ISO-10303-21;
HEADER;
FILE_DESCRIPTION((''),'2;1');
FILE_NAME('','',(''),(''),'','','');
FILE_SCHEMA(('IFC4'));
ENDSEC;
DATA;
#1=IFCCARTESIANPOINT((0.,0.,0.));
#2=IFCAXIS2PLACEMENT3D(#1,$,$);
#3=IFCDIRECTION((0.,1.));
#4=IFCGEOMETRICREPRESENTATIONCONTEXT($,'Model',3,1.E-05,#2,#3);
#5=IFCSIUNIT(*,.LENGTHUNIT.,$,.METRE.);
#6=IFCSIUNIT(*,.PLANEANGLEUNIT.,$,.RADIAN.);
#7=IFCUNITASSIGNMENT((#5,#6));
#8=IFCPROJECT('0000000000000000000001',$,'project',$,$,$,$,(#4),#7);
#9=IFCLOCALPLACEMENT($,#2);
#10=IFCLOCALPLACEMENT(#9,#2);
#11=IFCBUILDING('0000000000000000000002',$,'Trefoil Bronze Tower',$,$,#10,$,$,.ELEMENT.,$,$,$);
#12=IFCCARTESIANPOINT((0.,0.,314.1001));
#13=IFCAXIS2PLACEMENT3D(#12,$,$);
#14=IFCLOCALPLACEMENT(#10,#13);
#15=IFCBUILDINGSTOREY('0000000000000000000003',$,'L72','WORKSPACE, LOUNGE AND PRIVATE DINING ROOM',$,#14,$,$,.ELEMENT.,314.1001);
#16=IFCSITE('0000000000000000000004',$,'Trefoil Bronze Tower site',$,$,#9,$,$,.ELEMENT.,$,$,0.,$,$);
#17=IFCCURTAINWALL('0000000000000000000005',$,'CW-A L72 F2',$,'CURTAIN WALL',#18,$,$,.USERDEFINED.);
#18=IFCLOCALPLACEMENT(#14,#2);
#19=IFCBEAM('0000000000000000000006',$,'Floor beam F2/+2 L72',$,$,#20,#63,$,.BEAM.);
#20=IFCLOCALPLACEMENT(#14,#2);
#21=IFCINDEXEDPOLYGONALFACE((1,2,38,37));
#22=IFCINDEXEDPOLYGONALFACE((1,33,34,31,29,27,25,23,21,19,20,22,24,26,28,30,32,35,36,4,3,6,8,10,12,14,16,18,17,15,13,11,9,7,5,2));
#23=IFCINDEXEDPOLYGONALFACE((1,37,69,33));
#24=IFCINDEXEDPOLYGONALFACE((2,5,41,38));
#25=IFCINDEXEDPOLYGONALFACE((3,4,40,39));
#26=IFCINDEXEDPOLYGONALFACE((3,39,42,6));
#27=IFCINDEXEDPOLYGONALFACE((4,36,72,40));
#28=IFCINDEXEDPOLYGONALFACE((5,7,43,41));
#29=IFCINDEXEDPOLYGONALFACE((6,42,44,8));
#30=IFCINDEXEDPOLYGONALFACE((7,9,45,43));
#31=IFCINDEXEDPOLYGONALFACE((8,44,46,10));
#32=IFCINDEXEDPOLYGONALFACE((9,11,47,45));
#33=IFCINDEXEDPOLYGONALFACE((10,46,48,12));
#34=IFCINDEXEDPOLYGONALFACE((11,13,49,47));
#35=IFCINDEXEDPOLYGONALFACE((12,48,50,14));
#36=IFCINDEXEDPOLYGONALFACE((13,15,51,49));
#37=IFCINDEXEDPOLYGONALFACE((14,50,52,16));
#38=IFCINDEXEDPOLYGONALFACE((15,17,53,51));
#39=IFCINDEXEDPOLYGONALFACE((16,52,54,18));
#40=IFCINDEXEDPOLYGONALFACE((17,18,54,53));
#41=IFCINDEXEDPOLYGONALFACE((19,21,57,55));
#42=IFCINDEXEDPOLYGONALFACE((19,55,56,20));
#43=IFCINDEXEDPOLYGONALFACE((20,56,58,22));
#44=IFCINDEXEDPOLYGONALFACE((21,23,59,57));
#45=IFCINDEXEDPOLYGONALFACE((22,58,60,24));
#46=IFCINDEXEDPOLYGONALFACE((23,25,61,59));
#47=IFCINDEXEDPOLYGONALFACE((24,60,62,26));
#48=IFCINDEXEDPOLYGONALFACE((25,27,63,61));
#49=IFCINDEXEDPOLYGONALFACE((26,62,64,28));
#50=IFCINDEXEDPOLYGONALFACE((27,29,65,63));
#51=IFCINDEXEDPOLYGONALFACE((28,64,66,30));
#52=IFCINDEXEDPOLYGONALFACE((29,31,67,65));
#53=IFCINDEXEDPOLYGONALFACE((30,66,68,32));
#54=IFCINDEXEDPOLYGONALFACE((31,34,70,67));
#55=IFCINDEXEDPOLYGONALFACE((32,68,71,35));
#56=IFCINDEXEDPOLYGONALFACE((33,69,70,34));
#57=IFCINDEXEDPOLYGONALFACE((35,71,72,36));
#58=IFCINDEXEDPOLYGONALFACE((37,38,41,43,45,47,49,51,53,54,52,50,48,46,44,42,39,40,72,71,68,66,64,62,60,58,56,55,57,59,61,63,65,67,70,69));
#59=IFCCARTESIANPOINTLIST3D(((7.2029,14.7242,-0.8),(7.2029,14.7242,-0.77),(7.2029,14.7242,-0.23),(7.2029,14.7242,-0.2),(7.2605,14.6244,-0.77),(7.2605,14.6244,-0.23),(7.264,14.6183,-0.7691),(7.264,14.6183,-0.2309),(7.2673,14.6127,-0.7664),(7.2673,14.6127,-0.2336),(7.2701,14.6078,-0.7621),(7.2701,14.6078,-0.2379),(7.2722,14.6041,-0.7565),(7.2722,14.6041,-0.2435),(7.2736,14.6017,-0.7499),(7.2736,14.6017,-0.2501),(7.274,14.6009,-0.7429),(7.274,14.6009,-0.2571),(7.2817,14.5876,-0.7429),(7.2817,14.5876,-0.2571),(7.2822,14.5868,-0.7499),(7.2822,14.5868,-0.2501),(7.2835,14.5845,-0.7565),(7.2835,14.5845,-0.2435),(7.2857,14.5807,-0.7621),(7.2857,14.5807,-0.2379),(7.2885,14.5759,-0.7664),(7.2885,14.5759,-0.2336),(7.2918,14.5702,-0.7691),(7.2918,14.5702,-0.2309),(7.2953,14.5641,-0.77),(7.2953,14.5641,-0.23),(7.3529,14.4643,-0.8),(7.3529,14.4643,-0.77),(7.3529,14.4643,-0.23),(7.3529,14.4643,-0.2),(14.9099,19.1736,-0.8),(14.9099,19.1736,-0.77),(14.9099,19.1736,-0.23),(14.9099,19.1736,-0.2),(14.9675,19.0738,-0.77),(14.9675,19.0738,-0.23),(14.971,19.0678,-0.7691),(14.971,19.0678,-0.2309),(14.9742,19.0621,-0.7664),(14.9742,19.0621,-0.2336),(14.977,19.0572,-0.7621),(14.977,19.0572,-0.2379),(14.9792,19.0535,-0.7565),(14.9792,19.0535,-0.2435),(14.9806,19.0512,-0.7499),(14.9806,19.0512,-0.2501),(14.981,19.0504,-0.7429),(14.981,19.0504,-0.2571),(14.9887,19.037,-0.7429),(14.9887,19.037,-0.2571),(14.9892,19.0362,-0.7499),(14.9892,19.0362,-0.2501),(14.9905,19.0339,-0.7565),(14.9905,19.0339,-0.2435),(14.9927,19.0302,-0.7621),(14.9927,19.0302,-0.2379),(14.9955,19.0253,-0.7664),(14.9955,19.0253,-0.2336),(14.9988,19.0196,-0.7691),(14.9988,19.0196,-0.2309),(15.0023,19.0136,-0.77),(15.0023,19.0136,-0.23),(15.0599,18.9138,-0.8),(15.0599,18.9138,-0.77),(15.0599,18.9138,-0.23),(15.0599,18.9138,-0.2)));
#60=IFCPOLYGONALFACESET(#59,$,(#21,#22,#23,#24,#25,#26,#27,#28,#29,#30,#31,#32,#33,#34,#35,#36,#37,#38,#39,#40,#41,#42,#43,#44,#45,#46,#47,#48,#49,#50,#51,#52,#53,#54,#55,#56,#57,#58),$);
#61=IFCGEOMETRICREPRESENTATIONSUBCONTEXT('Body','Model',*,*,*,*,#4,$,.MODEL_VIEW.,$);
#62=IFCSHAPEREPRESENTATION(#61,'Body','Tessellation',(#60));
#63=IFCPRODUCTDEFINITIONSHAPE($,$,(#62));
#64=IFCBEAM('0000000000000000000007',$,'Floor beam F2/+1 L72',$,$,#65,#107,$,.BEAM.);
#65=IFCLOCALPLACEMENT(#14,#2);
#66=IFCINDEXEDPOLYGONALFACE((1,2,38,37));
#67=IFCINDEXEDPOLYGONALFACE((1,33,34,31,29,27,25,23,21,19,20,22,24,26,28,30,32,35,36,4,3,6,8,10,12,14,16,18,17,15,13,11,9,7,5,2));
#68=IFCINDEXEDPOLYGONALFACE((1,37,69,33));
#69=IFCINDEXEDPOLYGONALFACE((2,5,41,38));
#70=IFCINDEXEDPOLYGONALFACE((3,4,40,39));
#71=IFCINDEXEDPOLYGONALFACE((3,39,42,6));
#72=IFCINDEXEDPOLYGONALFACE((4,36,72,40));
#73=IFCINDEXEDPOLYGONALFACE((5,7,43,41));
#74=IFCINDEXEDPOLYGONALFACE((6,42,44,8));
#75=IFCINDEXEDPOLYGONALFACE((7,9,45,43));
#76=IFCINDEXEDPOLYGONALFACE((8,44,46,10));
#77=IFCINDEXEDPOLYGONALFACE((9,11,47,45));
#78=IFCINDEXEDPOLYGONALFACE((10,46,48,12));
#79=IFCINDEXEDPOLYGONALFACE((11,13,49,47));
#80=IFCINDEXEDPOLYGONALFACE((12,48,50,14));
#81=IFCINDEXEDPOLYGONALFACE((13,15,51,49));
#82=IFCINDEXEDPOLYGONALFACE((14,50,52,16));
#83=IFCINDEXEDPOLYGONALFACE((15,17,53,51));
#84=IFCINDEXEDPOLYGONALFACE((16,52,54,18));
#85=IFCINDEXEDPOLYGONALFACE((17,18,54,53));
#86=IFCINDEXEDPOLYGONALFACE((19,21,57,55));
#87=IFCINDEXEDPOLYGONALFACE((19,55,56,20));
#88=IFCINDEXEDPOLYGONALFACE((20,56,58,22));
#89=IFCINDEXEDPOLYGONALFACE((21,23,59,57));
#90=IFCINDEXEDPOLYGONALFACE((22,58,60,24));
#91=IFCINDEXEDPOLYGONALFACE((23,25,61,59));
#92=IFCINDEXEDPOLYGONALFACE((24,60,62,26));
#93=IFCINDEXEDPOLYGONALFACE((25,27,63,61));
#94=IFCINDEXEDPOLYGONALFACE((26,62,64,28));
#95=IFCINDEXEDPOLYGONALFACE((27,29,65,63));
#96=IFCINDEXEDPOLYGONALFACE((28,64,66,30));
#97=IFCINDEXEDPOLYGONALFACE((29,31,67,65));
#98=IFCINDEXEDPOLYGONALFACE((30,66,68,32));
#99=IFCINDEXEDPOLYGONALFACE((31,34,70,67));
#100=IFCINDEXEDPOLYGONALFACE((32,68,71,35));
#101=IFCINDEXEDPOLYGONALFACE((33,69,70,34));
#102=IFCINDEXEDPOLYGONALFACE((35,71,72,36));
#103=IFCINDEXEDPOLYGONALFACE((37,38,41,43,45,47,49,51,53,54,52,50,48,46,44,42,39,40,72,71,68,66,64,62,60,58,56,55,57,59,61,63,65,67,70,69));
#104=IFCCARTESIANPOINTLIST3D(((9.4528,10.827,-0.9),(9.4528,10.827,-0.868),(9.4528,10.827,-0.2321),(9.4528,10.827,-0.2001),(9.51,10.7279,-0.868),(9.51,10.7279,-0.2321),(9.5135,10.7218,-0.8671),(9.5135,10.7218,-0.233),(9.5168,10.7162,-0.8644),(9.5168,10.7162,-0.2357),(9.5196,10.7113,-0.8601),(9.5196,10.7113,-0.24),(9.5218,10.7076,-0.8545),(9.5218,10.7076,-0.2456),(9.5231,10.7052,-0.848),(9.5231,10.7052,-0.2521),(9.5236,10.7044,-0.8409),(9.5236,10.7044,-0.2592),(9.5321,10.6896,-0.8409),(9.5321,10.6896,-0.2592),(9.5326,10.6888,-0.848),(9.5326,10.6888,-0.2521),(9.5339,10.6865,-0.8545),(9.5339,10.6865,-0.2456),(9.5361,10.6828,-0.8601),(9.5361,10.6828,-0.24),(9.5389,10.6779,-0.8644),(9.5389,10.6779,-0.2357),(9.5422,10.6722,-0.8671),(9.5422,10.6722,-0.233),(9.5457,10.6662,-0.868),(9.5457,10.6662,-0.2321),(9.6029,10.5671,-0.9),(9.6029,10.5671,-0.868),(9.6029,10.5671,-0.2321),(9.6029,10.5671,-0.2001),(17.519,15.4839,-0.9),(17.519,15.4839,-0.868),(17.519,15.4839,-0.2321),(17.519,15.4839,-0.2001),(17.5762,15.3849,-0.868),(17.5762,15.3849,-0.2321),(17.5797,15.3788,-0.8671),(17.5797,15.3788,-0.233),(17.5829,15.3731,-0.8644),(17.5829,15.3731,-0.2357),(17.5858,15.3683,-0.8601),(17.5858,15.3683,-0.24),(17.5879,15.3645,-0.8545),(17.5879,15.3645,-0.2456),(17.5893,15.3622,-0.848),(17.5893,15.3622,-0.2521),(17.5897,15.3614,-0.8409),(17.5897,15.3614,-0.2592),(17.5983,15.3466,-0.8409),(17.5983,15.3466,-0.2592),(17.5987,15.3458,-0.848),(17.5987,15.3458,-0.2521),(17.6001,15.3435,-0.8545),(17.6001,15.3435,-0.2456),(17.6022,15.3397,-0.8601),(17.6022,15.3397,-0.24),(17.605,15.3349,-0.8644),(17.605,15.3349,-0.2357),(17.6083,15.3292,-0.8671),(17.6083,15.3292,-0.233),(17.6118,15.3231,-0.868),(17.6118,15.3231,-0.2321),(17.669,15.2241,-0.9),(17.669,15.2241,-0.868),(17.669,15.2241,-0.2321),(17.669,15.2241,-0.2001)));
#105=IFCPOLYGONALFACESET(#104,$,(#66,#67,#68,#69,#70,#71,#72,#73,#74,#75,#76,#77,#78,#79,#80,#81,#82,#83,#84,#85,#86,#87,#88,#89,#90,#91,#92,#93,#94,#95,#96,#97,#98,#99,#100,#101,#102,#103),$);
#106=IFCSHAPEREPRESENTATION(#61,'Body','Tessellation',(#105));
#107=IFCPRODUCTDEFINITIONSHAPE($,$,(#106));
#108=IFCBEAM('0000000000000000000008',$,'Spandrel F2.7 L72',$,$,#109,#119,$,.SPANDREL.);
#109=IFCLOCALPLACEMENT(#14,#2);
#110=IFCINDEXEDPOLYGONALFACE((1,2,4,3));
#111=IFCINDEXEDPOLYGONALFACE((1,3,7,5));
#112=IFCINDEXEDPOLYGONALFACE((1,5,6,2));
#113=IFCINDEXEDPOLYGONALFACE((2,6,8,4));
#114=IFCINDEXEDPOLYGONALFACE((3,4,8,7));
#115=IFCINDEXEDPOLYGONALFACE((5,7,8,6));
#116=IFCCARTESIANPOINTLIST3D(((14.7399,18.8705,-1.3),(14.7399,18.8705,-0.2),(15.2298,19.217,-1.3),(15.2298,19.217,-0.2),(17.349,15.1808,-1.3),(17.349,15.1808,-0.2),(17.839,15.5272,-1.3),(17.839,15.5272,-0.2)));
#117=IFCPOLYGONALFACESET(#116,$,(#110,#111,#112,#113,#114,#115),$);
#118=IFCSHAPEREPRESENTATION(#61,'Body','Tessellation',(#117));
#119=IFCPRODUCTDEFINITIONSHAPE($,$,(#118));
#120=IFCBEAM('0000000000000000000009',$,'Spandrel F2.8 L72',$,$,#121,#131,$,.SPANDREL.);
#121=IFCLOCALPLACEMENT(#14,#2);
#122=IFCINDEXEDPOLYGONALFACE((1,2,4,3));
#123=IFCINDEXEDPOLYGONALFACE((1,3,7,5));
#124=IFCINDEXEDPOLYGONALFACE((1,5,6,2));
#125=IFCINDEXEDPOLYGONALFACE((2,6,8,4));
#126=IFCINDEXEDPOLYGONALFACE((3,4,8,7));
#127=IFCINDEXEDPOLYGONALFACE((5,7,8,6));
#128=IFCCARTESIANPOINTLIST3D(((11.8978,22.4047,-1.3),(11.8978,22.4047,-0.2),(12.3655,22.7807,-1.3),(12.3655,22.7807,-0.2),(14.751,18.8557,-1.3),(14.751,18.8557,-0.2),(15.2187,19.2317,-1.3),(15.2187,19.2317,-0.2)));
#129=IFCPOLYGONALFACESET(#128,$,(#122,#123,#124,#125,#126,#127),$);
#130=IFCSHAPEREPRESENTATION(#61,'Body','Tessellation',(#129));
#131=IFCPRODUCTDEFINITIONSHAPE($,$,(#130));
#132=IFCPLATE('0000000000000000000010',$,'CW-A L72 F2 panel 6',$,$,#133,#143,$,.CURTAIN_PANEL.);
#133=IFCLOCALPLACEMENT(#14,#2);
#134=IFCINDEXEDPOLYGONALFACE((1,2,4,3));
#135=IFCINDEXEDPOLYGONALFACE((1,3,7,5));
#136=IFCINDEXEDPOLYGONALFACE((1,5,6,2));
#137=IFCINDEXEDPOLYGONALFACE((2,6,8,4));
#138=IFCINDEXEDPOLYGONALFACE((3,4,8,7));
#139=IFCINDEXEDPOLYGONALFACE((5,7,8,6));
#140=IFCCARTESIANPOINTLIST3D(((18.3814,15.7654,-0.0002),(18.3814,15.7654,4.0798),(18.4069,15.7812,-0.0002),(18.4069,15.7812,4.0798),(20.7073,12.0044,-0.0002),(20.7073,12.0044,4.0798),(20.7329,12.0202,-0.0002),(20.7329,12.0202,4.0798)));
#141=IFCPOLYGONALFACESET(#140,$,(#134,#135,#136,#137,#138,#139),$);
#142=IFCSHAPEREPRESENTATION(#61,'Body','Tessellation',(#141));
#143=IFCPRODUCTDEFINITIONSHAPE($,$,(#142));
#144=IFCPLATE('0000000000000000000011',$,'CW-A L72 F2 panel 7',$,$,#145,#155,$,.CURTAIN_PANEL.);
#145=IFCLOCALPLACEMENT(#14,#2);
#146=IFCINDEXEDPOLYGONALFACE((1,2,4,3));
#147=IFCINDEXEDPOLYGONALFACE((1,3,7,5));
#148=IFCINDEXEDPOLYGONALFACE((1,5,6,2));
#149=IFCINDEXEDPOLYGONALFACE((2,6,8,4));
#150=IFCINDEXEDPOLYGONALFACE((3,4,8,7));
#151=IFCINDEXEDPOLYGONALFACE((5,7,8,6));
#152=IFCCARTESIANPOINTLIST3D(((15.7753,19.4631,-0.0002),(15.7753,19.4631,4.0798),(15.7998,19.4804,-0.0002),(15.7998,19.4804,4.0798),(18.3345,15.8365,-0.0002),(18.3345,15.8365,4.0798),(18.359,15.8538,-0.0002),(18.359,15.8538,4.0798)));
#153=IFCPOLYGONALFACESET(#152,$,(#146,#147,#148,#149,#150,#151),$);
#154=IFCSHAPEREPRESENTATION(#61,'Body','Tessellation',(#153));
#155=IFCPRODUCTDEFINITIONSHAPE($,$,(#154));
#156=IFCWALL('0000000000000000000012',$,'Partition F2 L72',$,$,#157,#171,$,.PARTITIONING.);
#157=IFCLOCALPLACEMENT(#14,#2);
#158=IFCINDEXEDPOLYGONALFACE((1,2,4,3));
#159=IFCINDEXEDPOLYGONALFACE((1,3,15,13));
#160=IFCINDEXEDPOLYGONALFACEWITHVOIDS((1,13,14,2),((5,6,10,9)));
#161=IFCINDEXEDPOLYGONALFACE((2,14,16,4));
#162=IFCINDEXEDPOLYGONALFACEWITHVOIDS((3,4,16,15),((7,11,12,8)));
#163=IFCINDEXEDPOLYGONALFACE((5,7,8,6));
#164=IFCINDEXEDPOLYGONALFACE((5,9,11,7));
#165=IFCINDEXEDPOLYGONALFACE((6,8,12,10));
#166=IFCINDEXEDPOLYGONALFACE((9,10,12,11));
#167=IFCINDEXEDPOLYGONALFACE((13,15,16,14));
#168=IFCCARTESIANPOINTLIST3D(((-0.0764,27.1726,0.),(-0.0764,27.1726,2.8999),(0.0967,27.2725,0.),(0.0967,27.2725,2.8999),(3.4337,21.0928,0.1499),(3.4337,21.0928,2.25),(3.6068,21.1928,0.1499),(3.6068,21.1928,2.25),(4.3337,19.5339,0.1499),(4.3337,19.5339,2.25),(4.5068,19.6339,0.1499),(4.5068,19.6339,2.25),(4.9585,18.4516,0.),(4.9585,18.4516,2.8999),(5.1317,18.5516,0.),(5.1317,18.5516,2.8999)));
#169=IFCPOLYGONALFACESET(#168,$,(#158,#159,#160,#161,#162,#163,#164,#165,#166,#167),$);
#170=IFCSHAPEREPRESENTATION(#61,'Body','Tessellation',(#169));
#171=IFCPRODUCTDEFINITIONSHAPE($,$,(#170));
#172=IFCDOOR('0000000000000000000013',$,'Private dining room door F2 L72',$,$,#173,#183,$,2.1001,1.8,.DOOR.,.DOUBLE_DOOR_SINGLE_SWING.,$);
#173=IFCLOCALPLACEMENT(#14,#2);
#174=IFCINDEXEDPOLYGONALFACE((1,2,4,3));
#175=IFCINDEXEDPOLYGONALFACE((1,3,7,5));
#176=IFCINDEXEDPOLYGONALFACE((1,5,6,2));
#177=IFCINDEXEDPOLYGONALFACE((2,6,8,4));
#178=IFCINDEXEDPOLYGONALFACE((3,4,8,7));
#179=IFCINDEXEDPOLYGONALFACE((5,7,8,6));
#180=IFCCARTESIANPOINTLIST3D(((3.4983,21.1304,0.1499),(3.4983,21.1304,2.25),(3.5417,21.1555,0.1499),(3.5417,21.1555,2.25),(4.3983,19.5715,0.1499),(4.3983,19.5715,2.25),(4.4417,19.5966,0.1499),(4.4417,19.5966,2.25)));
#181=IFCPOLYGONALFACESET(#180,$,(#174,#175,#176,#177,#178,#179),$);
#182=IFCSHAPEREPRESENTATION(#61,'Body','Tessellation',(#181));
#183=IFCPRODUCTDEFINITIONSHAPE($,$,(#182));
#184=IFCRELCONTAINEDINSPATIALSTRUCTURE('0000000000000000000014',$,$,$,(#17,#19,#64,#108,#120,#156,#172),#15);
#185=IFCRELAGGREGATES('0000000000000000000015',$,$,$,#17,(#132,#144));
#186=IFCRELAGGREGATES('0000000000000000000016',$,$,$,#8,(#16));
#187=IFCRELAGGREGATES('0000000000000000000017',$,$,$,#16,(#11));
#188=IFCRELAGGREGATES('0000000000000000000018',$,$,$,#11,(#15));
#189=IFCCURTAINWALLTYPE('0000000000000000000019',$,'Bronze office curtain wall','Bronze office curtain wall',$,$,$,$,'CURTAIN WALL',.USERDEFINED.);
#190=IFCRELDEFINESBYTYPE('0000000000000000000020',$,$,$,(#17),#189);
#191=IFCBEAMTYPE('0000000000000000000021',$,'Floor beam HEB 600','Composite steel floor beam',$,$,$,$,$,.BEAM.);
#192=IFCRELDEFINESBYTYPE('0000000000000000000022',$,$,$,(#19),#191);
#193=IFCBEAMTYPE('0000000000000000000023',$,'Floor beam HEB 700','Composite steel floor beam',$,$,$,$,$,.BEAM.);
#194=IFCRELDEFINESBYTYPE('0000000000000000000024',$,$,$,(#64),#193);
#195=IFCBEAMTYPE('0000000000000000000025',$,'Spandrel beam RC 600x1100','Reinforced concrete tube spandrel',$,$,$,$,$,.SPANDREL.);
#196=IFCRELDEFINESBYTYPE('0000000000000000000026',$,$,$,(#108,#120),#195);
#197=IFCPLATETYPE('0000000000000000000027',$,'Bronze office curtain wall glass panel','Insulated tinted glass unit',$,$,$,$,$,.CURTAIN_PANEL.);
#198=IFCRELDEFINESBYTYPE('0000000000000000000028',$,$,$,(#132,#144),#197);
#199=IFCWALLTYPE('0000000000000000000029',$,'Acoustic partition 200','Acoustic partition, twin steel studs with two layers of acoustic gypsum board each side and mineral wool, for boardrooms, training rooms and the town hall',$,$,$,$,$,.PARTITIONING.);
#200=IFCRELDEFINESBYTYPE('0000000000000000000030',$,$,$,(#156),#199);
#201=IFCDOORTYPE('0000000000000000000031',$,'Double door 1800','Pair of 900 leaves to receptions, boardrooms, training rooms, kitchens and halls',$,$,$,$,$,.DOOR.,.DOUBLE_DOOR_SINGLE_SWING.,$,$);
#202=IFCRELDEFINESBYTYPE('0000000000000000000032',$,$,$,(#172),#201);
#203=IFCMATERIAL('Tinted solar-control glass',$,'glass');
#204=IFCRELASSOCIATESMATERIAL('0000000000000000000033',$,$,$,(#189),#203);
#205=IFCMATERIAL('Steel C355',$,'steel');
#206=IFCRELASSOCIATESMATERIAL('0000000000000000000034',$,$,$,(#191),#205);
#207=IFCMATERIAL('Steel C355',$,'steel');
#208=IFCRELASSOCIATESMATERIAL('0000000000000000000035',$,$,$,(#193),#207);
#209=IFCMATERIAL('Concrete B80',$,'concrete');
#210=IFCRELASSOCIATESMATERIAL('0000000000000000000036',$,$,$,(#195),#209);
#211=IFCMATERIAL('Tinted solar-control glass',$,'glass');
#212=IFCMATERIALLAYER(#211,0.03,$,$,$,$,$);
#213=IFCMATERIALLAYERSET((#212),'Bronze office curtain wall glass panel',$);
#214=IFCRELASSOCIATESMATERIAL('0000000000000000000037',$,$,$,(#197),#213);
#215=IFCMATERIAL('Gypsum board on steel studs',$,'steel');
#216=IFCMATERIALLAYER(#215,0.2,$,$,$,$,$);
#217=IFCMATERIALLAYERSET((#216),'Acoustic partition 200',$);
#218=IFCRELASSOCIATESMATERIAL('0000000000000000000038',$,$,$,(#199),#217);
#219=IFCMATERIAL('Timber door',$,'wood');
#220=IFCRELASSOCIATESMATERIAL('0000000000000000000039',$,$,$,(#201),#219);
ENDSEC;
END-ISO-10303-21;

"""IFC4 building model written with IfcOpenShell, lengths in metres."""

from ifc_helpers import new_model, si_unit, direction, frame, frame_2d, origin, origin_2d, place, context, subcontext, project, spatial, rectangle, i_section, extrude, material, layer, layer_set, material_profile, profile_set, type_object, element, fill, aggregate, save


model = new_model("IFC4")

# Units and contexts
model_context = context("Model", 3, precision=1e-05, world=origin(), true_north=direction((0.0, 1.0)))
body_context = subcontext(model_context, "Body", "Model", "MODEL_VIEW")
ifc_project = project(units=[si_unit("LENGTHUNIT", "METRE"), si_unit("PLANEANGLEUNIT", "RADIAN")], contexts=[model_context])

# Site, building, storey
site_placement = place(None, origin())
site = spatial("IfcSite", under=ifc_project, at=site_placement, Name="Trefoil Bronze Tower site", CompositionType="ELEMENT", RefElevation=0.0)
building_placement = place(site_placement, origin())
building = spatial("IfcBuilding", under=site, at=building_placement, Name="Trefoil Bronze Tower", CompositionType="ELEMENT")
storey_placement = place(building_placement, frame((0.0, 0.0, 314.1001)))
storey = spatial("IfcBuildingStorey", under=building, at=storey_placement, Name="L72", Description="WORKSPACE, LOUNGE AND PRIVATE DINING ROOM", CompositionType="ELEMENT", Elevation=314.1001)

# Curtain wall
ifc_material_1 = material(Name="Tinted solar-control glass", Category="glass")
curtain_wall_type = type_object("IfcCurtainWallType", Name="Bronze office curtain wall", Description="Bronze office curtain wall", ElementType="CURTAIN WALL", PredefinedType="USERDEFINED", material=ifc_material_1)
curtain_wall_placement = place(storey_placement, origin())
curtain_wall = element("IfcCurtainWall", 1, at=curtain_wall_placement, inside=storey, type_object=curtain_wall_type, Name="CW-A L72 F2", ObjectType="CURTAIN WALL", PredefinedType="USERDEFINED")

# Beams
ifc_material_2 = material(Name="Steel C355", Category="steel")
ifc_material_profile_1 = material_profile(ifc_material_2, i_section(OverallWidth=0.3, OverallDepth=0.6001, WebThickness=0.0154, FlangeThickness=0.03, FilletRadius=0.0271, at=origin_2d()), Name="HEB 600")
ifc_profile_set_1 = profile_set([ifc_material_profile_1], Name="Steel C355")
beam_type_1 = type_object("IfcBeamType", Name="Floor beam HEB 600", Description="Composite steel floor beam", PredefinedType="BEAM", material=ifc_profile_set_1)
beam_1_placement = place(storey_placement, frame((14.9849, 19.0437, -0.5), z_axis=(-0.866035, -0.499984, 0.0), x_axis=(0.499984, -0.866035, 0.0)))
element("IfcBeam", 2, at=beam_1_placement, inside=storey, type_object=beam_type_1, Name="Floor beam F2/+2 L72", PredefinedType="BEAM", context=body_context, shape_type="SweptSolid", body=[
    extrude(i_section(OverallWidth=0.3, OverallDepth=0.6001, WebThickness=0.0154, FlangeThickness=0.03, FilletRadius=0.0271, at=origin_2d()), origin(), (0.0, 0.0, 1.0), 8.8992),
])
ifc_material_3 = material(Name="Steel C355", Category="steel")
ifc_material_profile_2 = material_profile(ifc_material_3, i_section(OverallWidth=0.3, OverallDepth=0.7, WebThickness=0.0171, FlangeThickness=0.032, FilletRadius=0.0271, at=origin_2d()), Name="HEB 700")
ifc_profile_set_2 = profile_set([ifc_material_profile_2], Name="Steel C355")
beam_type_2 = type_object("IfcBeamType", Name="Floor beam HEB 700", Description="Composite steel floor beam", PredefinedType="BEAM", material=ifc_profile_set_2)
beam_2_placement = place(storey_placement, frame((17.594, 15.354, -0.55), z_axis=(-0.866026, -0.499999, 0.0), x_axis=(0.499999, -0.866026, 0.0)))
element("IfcBeam", 3, at=beam_2_placement, inside=storey, type_object=beam_type_2, Name="Floor beam F2/+1 L72", PredefinedType="BEAM", context=body_context, shape_type="SweptSolid", body=[
    extrude(i_section(OverallWidth=0.3, OverallDepth=0.7, WebThickness=0.0171, FlangeThickness=0.032, FilletRadius=0.0271, at=origin_2d()), origin(), (0.0, 0.0, 1.0), 9.314),
])
ifc_material_4 = material(Name="Concrete B80", Category="concrete")
ifc_material_profile_3 = material_profile(ifc_material_4, rectangle(XDim=0.6001, YDim=1.1001, at=origin_2d()), Name="RC 600x1100")
ifc_profile_set_3 = profile_set([ifc_material_profile_3], Name="Concrete B80")
beam_type_3 = type_object("IfcBeamType", Name="Spandrel beam RC 600x1100", Description="Reinforced concrete tube spandrel", PredefinedType="SPANDREL", material=ifc_profile_set_3)
beam_3_placement = place(storey_placement, frame((17.594, 15.354, -0.75), z_axis=(-0.577368, 0.816484, 0.0), x_axis=(-0.816484, -0.577368, 0.0)))
element("IfcBeam", 4, at=beam_3_placement, inside=storey, type_object=beam_type_3, Name="Spandrel F2.7 L72", PredefinedType="SPANDREL", context=body_context, shape_type="SweptSolid", body=[
    extrude(rectangle(XDim=0.6001, YDim=1.1001, at=origin_2d()), origin(), (0.0, 0.0, 1.0), 4.519),
])
beam_4_placement = place(storey_placement, frame((14.9849, 19.0437, -0.75), z_axis=(-0.62657, 0.779365, 0.0), x_axis=(-0.779365, -0.62657, 0.0)))
element("IfcBeam", 5, at=beam_4_placement, inside=storey, type_object=beam_type_3, Name="Spandrel F2.8 L72", PredefinedType="SPANDREL", context=body_context, shape_type="SweptSolid", body=[
    extrude(rectangle(XDim=0.6001, YDim=1.1001, at=origin_2d()), origin(), (0.0, 0.0, 1.0), 4.5537),
])

# Plates
ifc_material_5 = material(Name="Tinted solar-control glass", Category="glass")
ifc_layer_1 = layer(ifc_material_5, 0.03)
ifc_layer_set_1 = layer_set([ifc_layer_1], Name="Bronze office curtain wall glass panel")
plate_type = type_object("IfcPlateType", Name="Bronze office curtain wall glass panel", Description="Insulated tinted glass unit", PredefinedType="CURTAIN_PANEL", material=ifc_layer_set_1)
plate_1_placement = place(storey_placement, frame((19.5571, 13.8928, -0.0002), z_axis=(0.0, 0.0, 1.0), x_axis=(-0.52598, 0.850497, 0.0)))
plate_1 = element("IfcPlate", 6, at=plate_1_placement, type_object=plate_type, Name="CW-A L72 F2 panel 6", PredefinedType="CURTAIN_PANEL", context=body_context, shape_type="SweptSolid", body=[
    extrude(rectangle(XDim=4.4221, YDim=0.03, at=origin_2d()), origin(), (0.0, 0.0, 1.0), 4.0801),
])
plate_2_placement = place(storey_placement, frame((17.0671, 17.6584, -0.0002), z_axis=(0.0, 0.0, 1.0), x_axis=(-0.576561, 0.817054, 0.0)))
plate_2 = element("IfcPlate", 7, at=plate_2_placement, type_object=plate_type, Name="CW-A L72 F2 panel 7", PredefinedType="CURTAIN_PANEL", context=body_context, shape_type="SweptSolid", body=[
    extrude(rectangle(XDim=4.4387, YDim=0.03, at=origin_2d()), origin(), (0.0, 0.0, 1.0), 4.0801),
])
aggregate(curtain_wall, [plate_1, plate_2])

# Wall, opening, door
ifc_material_6 = material(Name="Gypsum board on steel studs", Category="steel")
ifc_layer_2 = layer(ifc_material_6, 0.2)
ifc_layer_set_2 = layer_set([ifc_layer_2], Name="Acoustic partition 200")
wall_type_1 = type_object("IfcWallType", Name="Acoustic partition 200", Description="Acoustic partition, twin steel studs with two layers of acoustic gypsum board each side and mineral wool, for boardrooms, training rooms and the town hall", PredefinedType="PARTITIONING", material=ifc_layer_set_2)
wall_1_placement = place(storey_placement, frame((5.0452, 18.5015, 0.0), z_axis=(0.0, 0.0, 1.0), x_axis=(-0.49999, 0.866031, 0.0)))
wall_1 = element("IfcWall", 8, at=wall_1_placement, inside=storey, type_object=wall_type_1, Name="Partition F2 L72", PredefinedType="PARTITIONING", context=body_context, shape_type="SweptSolid", body=[
    extrude(rectangle(XDim=10.0701, YDim=0.2, at=frame_2d((5.0352, 0.0))), origin(), (0.0, 0.0, 1.0), 2.8999),
])
opening_1_placement = place(wall_1_placement, frame((1.25, 0.0, 0.1499)))
opening_1 = element("IfcOpeningElement", 9, at=opening_1_placement, cuts=wall_1, PredefinedType="OPENING", context=body_context, shape_type="SweptSolid", body=[
    extrude(rectangle(XDim=1.8, YDim=2.1001, at=frame_2d((0.8999, 1.05))), frame((0.0, 0.1099, 0.0), z_axis=(0.0, -1.0, 0.0), x_axis=(1.0, 0.0, 0.0)), (0.0, 0.0, 1.0), 0.22),
])
ifc_material_7 = material(Name="Timber door", Category="wood")
door_type = type_object("IfcDoorType", Name="Double door 1800", Description="Pair of 900 leaves to receptions, boardrooms, training rooms, kitchens and halls", OperationType="DOUBLE_DOOR_SINGLE_SWING", PredefinedType="DOOR", material=ifc_material_7)
door_1_placement = place(opening_1_placement, frame((1.8, 0.0, 0.0), z_axis=(0.0, 0.0, 1.0), x_axis=(-1.0, 0.0, 0.0)))
door_1 = element("IfcDoor", 10, at=door_1_placement, inside=storey, type_object=door_type, Name="Private dining room door F2 L72", OperationType="DOUBLE_DOOR_SINGLE_SWING", OverallHeight=2.1001, OverallWidth=1.8, PredefinedType="DOOR", context=body_context, shape_type="SweptSolid", body=[
    extrude(rectangle(XDim=1.8, YDim=2.1001, at=frame_2d((0.8999, 1.05))), frame((0.0, 0.0249, 0.0), z_axis=(0.0, -1.0, 0.0), x_axis=(1.0, 0.0, 0.0)), (0.0, 0.0, 1.0), 0.05),
])
fill(opening_1, door_1)

save(model, "model.ifc")
